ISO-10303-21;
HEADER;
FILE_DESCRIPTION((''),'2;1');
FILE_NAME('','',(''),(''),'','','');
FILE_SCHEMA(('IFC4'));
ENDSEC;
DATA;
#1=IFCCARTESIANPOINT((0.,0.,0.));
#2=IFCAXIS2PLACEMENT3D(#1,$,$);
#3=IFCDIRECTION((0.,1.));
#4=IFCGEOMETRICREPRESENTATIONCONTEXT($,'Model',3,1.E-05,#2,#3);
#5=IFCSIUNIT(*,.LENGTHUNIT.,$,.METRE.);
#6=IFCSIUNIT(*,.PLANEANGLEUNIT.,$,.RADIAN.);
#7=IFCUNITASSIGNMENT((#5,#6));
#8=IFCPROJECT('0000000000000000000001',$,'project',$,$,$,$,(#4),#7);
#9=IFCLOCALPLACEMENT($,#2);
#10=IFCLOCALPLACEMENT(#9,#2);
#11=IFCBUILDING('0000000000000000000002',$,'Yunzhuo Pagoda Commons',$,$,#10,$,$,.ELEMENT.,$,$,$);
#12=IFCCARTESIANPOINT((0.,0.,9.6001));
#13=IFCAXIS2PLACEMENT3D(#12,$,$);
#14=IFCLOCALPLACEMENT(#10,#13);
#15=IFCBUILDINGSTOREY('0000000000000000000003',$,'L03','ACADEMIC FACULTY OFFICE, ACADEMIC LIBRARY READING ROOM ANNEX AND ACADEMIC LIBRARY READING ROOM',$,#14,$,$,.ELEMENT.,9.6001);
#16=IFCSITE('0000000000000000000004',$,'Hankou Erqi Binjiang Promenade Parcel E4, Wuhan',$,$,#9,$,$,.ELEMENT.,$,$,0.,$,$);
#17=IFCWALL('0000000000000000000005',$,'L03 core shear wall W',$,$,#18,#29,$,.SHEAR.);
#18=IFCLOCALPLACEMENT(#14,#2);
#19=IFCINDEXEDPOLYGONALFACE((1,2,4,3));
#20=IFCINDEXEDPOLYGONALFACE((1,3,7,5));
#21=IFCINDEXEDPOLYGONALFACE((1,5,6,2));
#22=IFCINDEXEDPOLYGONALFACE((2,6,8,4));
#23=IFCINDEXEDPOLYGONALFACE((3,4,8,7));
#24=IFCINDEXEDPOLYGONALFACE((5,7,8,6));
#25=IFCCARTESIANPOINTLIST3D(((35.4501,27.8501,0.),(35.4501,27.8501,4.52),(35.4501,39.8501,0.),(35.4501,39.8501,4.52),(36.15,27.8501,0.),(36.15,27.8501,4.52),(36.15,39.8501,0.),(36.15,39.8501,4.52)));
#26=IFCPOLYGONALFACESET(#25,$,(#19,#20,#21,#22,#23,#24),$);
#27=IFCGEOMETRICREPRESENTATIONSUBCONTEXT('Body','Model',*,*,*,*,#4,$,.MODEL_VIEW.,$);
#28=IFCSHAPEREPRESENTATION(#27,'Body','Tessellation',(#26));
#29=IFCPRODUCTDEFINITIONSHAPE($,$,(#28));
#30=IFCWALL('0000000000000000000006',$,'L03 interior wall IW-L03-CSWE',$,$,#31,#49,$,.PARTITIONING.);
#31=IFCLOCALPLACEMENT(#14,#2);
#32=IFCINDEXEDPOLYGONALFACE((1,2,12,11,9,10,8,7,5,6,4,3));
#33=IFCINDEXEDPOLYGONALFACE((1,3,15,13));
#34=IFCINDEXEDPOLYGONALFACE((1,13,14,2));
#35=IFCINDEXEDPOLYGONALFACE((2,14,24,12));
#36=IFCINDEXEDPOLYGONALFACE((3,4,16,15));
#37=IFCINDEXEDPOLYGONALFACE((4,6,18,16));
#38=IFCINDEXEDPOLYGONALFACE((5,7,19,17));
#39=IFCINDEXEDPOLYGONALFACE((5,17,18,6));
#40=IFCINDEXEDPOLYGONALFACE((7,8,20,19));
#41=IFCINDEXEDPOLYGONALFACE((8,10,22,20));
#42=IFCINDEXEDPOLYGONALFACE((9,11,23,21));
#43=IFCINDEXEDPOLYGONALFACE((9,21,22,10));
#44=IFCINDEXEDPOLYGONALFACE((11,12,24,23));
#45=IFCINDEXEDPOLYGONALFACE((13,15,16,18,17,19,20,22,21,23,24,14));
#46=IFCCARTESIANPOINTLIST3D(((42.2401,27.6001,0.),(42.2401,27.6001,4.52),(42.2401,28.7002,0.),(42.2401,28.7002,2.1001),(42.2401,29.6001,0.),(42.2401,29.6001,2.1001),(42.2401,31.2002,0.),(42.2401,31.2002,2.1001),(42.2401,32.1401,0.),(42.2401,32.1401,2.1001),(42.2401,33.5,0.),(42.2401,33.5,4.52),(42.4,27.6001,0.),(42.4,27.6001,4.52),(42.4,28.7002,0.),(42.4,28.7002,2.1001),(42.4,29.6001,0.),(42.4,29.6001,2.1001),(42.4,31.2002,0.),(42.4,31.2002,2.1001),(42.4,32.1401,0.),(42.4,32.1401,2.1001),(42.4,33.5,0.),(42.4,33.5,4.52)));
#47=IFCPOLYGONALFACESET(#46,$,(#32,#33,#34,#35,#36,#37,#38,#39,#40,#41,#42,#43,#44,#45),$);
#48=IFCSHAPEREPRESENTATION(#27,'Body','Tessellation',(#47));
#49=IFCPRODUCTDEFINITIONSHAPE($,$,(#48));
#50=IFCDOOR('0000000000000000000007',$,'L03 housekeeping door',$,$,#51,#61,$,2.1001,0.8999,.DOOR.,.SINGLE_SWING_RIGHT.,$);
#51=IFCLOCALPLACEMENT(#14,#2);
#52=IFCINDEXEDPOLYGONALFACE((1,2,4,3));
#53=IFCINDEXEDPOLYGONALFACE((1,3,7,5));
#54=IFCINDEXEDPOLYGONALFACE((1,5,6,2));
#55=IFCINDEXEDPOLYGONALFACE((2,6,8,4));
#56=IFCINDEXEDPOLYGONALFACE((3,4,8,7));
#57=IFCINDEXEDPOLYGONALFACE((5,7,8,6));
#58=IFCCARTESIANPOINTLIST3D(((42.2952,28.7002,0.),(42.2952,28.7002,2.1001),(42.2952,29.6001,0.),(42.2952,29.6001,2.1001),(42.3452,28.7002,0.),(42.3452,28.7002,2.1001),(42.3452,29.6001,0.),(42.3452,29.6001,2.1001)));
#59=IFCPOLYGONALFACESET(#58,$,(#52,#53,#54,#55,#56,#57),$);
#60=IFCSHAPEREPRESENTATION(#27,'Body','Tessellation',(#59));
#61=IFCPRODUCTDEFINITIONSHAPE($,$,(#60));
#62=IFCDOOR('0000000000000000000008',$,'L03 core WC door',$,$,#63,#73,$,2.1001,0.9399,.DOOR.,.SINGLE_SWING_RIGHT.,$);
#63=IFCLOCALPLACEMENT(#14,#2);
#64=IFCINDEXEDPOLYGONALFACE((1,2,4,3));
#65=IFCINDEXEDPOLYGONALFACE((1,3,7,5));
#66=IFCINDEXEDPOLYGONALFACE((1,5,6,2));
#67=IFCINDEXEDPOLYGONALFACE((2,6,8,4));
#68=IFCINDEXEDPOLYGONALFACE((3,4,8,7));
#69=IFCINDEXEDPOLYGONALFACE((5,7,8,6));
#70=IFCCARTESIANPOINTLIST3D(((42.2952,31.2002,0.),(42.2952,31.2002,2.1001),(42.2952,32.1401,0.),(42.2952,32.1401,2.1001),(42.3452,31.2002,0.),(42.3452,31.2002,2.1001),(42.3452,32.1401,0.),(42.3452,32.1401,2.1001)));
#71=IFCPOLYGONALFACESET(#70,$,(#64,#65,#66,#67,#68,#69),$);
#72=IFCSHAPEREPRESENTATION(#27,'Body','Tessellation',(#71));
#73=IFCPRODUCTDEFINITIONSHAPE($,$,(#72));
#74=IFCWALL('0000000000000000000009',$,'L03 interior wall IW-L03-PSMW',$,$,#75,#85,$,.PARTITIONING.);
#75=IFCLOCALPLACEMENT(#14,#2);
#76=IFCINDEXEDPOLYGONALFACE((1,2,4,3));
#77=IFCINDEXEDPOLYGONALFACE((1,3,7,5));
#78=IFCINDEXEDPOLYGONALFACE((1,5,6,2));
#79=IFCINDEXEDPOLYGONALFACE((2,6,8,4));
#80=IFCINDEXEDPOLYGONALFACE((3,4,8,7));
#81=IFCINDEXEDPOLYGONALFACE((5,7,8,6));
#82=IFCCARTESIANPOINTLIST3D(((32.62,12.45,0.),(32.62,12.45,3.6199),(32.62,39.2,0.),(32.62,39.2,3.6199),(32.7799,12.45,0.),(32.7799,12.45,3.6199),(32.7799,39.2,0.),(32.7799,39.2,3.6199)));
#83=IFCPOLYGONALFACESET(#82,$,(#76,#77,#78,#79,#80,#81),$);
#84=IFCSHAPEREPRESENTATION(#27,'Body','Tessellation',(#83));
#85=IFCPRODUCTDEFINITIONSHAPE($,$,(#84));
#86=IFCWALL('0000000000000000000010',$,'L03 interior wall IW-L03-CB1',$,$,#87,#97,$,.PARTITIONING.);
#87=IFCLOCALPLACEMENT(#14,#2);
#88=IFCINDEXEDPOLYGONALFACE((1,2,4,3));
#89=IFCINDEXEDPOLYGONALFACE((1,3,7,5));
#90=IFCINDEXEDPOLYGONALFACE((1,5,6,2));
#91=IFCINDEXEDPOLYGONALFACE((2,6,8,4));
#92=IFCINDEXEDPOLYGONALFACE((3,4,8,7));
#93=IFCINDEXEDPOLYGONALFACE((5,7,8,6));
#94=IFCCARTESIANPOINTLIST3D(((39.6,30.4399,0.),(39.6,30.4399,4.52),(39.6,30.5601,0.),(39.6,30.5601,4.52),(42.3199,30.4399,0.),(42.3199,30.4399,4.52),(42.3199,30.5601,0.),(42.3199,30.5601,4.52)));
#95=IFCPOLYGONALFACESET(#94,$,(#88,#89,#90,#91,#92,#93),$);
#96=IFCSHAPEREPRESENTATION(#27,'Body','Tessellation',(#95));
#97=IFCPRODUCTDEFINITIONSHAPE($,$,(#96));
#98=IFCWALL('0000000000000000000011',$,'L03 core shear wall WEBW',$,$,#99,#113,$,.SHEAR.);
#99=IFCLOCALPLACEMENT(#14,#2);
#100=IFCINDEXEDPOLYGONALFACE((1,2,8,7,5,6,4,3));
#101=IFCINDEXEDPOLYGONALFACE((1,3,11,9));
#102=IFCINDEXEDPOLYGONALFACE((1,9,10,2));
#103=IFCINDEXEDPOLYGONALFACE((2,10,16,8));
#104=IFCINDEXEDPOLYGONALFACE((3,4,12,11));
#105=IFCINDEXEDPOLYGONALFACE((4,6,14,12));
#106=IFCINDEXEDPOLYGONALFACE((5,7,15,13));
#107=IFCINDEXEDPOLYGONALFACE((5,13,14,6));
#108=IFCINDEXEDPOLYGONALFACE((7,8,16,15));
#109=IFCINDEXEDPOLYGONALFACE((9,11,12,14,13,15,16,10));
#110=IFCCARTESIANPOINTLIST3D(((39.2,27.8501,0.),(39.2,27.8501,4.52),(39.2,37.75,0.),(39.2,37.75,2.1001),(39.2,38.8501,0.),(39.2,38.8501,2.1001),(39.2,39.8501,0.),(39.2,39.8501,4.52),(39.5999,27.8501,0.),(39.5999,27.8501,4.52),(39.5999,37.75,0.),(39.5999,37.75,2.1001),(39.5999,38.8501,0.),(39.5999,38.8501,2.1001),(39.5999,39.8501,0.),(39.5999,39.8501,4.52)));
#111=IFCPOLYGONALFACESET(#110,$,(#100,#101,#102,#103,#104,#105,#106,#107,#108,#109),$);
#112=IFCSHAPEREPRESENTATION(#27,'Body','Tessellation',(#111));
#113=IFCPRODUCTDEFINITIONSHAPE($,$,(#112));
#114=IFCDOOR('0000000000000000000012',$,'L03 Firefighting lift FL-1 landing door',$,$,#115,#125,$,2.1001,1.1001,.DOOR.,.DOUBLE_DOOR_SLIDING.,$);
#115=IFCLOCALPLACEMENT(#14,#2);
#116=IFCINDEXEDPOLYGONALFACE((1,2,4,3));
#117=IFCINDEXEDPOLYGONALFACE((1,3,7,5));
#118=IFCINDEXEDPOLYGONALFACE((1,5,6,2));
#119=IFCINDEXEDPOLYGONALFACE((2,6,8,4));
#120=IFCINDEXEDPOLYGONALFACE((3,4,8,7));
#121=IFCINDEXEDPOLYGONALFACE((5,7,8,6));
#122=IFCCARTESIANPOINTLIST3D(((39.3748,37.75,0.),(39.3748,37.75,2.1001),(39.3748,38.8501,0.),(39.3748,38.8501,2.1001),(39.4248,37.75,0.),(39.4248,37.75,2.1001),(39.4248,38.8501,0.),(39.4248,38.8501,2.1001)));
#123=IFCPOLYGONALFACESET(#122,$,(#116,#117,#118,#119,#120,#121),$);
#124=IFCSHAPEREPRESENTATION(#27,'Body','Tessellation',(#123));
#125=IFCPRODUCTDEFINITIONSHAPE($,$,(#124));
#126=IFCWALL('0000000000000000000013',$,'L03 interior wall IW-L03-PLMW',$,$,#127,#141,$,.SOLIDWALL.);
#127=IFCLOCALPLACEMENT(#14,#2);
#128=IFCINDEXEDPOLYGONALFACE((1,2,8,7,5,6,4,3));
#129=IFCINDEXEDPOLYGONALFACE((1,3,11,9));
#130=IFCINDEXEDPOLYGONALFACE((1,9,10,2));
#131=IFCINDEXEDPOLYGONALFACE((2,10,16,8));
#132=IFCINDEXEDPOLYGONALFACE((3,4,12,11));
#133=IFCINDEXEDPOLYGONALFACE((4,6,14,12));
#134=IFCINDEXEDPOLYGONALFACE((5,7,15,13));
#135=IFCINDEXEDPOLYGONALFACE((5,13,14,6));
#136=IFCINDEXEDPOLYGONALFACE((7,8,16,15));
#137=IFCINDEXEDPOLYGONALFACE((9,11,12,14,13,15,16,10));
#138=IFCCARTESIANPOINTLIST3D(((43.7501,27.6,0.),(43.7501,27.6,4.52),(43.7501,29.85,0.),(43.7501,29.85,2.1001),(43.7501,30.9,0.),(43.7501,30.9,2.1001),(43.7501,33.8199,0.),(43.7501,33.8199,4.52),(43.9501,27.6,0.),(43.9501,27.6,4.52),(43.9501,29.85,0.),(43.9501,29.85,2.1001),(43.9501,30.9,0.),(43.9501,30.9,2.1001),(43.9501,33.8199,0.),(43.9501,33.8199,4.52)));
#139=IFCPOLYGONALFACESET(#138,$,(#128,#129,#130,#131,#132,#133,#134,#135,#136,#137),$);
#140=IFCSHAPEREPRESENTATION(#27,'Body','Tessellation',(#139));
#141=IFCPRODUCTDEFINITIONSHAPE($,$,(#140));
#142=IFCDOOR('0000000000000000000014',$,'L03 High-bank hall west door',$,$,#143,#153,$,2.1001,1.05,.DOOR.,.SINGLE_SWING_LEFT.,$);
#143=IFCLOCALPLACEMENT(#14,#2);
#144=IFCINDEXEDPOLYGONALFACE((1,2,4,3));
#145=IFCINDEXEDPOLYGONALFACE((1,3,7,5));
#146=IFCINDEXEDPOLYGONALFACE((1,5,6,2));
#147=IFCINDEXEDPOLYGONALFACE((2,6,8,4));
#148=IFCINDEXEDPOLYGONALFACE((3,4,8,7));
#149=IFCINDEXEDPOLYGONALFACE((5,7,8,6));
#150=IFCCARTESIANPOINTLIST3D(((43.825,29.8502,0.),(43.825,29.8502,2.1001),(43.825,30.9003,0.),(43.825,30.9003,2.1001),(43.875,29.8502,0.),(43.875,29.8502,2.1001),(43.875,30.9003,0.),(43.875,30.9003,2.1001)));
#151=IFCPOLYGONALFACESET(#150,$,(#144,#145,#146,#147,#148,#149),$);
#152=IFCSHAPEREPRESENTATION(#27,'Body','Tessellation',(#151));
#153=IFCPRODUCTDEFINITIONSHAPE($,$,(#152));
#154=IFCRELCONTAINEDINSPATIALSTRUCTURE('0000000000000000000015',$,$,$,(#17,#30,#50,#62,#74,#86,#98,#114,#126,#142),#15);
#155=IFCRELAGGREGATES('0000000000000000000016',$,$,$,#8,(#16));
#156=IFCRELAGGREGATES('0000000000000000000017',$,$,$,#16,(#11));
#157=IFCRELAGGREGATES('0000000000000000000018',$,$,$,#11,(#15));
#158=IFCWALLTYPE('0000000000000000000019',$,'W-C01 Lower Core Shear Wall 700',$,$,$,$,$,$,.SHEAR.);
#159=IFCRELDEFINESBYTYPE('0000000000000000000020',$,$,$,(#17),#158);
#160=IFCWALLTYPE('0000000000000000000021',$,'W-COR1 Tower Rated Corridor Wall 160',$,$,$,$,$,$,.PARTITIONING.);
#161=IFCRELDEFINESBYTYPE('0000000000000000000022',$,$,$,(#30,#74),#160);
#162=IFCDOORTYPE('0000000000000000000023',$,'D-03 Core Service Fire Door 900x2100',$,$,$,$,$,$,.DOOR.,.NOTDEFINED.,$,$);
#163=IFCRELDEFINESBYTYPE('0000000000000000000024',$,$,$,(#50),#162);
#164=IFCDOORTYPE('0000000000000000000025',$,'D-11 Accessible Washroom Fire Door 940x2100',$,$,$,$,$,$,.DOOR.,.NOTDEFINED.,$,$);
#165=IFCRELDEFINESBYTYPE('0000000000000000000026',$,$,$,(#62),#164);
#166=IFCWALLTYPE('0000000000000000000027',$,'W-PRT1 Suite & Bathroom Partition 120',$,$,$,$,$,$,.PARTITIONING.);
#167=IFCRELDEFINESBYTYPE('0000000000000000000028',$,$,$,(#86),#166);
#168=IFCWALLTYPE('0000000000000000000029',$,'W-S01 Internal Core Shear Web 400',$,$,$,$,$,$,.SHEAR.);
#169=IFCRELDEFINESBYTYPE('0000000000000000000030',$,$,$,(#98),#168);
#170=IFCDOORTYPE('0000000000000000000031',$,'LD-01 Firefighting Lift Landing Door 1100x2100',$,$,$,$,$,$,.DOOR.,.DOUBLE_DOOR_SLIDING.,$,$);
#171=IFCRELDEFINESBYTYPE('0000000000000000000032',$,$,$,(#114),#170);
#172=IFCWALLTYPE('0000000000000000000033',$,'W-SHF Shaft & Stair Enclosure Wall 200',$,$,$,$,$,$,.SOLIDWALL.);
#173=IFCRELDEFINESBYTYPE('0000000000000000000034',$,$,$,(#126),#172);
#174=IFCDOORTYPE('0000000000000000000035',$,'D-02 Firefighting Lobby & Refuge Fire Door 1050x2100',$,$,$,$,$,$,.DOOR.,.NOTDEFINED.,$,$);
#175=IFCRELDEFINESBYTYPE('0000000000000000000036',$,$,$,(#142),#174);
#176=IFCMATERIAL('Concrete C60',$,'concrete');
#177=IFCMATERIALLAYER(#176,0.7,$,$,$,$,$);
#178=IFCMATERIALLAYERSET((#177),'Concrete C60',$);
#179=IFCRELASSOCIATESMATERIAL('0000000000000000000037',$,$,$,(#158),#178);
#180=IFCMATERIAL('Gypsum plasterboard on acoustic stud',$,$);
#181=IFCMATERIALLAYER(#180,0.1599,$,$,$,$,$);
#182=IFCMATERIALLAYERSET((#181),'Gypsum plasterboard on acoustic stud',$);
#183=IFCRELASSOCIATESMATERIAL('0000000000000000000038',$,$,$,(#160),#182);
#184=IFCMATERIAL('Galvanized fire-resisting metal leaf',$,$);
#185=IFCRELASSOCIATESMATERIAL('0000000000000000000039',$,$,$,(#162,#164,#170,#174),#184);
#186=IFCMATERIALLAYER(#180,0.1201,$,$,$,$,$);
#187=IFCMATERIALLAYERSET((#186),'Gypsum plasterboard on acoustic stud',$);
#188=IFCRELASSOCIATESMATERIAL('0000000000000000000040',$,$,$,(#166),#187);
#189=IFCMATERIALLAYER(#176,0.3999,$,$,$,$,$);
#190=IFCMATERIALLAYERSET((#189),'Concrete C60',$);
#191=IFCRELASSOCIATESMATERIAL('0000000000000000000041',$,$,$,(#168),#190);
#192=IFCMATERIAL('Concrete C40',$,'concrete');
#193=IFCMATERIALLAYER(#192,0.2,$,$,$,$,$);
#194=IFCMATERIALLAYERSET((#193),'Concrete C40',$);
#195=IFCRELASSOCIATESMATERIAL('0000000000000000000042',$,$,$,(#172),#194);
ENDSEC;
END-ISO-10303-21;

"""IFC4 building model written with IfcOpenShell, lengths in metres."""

from ifc_helpers import new_model, si_unit, direction, frame, frame_2d, origin, origin_with_axes, place, context, subcontext, project, spatial, rectangle, extrude, source, transform, mapped, material, layer, layer_set, type_object, element, fill, save


model = new_model("IFC4")

# Units and contexts
model_context = context("Model", 3, precision=1e-05, world=origin(), true_north=direction((0.0, 1.0)))
body_context = subcontext(model_context, "Body", "Model", "MODEL_VIEW")
ifc_project = project(units=[si_unit("LENGTHUNIT", "METRE"), si_unit("PLANEANGLEUNIT", "RADIAN")], contexts=[model_context])

# Site, building, storey
site_placement = place(None, origin())
site = spatial("IfcSite", under=ifc_project, at=site_placement, Name="Hankou Erqi Binjiang Promenade Parcel E4, Wuhan", CompositionType="ELEMENT", RefElevation=0.0)
building_placement = place(site_placement, origin())
building = spatial("IfcBuilding", under=site, at=building_placement, Name="Yunzhuo Pagoda Commons", CompositionType="ELEMENT")
storey_placement = place(building_placement, frame((0.0, 0.0, 9.6001)))
storey = spatial("IfcBuildingStorey", under=building, at=storey_placement, Name="L03", Description="ACADEMIC FACULTY OFFICE, ACADEMIC LIBRARY READING ROOM ANNEX AND ACADEMIC LIBRARY READING ROOM", CompositionType="ELEMENT", Elevation=9.6001)

# Wall
ifc_material_1 = material(Name="Concrete C60", Category="concrete")
ifc_layer_1 = layer(ifc_material_1, 0.7)
ifc_layer_set_1 = layer_set([ifc_layer_1], Name="Concrete C60")
wall_type_1 = type_object("IfcWallType", Name="W-C01 Lower Core Shear Wall 700", PredefinedType="SHEAR", material=ifc_layer_set_1)
wall_1_placement = place(storey_placement, frame((35.8, 27.8501, 0.0), z_axis=(0.0, 0.0, 1.0), x_axis=(0.0, 1.0, 0.0)))
element("IfcWall", 1, at=wall_1_placement, inside=storey, type_object=wall_type_1, Name="L03 core shear wall W", PredefinedType="SHEAR", context=body_context, shape_type="SweptSolid", body=[
    extrude(rectangle(XDim=12.0, YDim=0.7, at=frame_2d((6.0, 0.0))), origin(), (0.0, 0.0, 1.0), 4.52),
])

# Wall, openings, doors
ifc_material_2 = material(Name="Gypsum plasterboard on acoustic stud")
ifc_layer_2 = layer(ifc_material_2, 0.1599)
ifc_layer_set_2 = layer_set([ifc_layer_2], Name="Gypsum plasterboard on acoustic stud")
wall_type_2 = type_object("IfcWallType", Name="W-COR1 Tower Rated Corridor Wall 160", PredefinedType="PARTITIONING", material=ifc_layer_set_2)
wall_2_placement = place(storey_placement, frame((42.3201, 27.6001, 0.0), z_axis=(0.0, 0.0, 1.0), x_axis=(0.0, 1.0, 0.0)))
wall_2 = element("IfcWall", 2, at=wall_2_placement, inside=storey, type_object=wall_type_2, Name="L03 interior wall IW-L03-CSWE", PredefinedType="PARTITIONING", context=body_context, shape_type="SweptSolid", body=[
    extrude(rectangle(XDim=5.8999, YDim=0.1599, at=frame_2d((2.95, 0.0))), origin(), (0.0, 0.0, 1.0), 4.52),
])
opening_1_placement = place(wall_2_placement, frame((1.1001, 0.0, 0.0)))
opening_1 = element("IfcOpeningElement", 3, at=opening_1_placement, cuts=wall_2, PredefinedType="OPENING", context=body_context, shape_type="SweptSolid", body=[
    extrude(rectangle(XDim=0.8999, YDim=2.1001, at=frame_2d((0.45, 1.05))), frame((0.0, 0.0898, 0.0), z_axis=(0.0, -1.0, 0.0), x_axis=(1.0, 0.0, 0.0)), (0.0, 0.0, 1.0), 0.1799),
])
opening_2_placement = place(wall_2_placement, frame((3.6001, 0.0, 0.0)))
opening_2 = element("IfcOpeningElement", 4, at=opening_2_placement, cuts=wall_2, PredefinedType="OPENING", context=body_context, shape_type="SweptSolid", body=[
    extrude(rectangle(XDim=0.9399, YDim=2.1001, at=frame_2d((0.47, 1.05))), frame((0.0, 0.0898, 0.0), z_axis=(0.0, -1.0, 0.0), x_axis=(1.0, 0.0, 0.0)), (0.0, 0.0, 1.0), 0.1799),
])
ifc_material_3 = material(Name="Galvanized fire-resisting metal leaf")
door_type_1 = type_object("IfcDoorType", Name="D-03 Core Service Fire Door 900x2100", OperationType="NOTDEFINED", PredefinedType="DOOR", material=ifc_material_3)
shared_shape_1 = source(origin(), body_context, "Body", "SweptSolid", [
    extrude(rectangle(XDim=0.8999, YDim=2.1001, at=frame_2d((0.45, 1.05))), frame((0.0, 0.0249, 0.0), z_axis=(0.0, -1.0, 0.0), x_axis=(1.0, 0.0, 0.0)), (0.0, 0.0, 1.0), 0.05),
])
door_1_placement = place(opening_1_placement, origin_with_axes())
door_1 = element("IfcDoor", 5, at=door_1_placement, inside=storey, type_object=door_type_1, Name="L03 housekeeping door", OperationType="SINGLE_SWING_RIGHT", OverallHeight=2.1001, OverallWidth=0.8999, PredefinedType="DOOR", context=body_context, shape_type="MappedRepresentation", body=[
    mapped(shared_shape_1, transform((0.0, 0.0, 0.0), scale=1.0)),
])
fill(opening_1, door_1)
door_type_2 = type_object("IfcDoorType", Name="D-11 Accessible Washroom Fire Door 940x2100", OperationType="NOTDEFINED", PredefinedType="DOOR", material=ifc_material_3)
shared_shape_2 = source(origin(), body_context, "Body", "SweptSolid", [
    extrude(rectangle(XDim=0.9399, YDim=2.1001, at=frame_2d((0.47, 1.05))), frame((0.0, 0.0249, 0.0), z_axis=(0.0, -1.0, 0.0), x_axis=(1.0, 0.0, 0.0)), (0.0, 0.0, 1.0), 0.05),
])
door_2_placement = place(opening_2_placement, origin_with_axes())
door_2 = element("IfcDoor", 6, at=door_2_placement, inside=storey, type_object=door_type_2, Name="L03 core WC door", OperationType="SINGLE_SWING_RIGHT", OverallHeight=2.1001, OverallWidth=0.9399, PredefinedType="DOOR", context=body_context, shape_type="MappedRepresentation", body=[
    mapped(shared_shape_2, transform((0.0, 0.0, 0.0), scale=1.0)),
])
fill(opening_2, door_2)

# Walls
wall_3_placement = place(storey_placement, frame((32.7, 12.45, 0.0), z_axis=(0.0, 0.0, 1.0), x_axis=(0.0, 1.0, 0.0)))
element("IfcWall", 7, at=wall_3_placement, inside=storey, type_object=wall_type_2, Name="L03 interior wall IW-L03-PSMW", PredefinedType="PARTITIONING", context=body_context, shape_type="SweptSolid", body=[
    extrude(rectangle(XDim=26.75, YDim=0.1599, at=frame_2d((13.375, 0.0))), origin(), (0.0, 0.0, 1.0), 3.6199),
])
ifc_layer_3 = layer(ifc_material_2, 0.1201)
ifc_layer_set_3 = layer_set([ifc_layer_3], Name="Gypsum plasterboard on acoustic stud")
wall_type_3 = type_object("IfcWallType", Name="W-PRT1 Suite & Bathroom Partition 120", PredefinedType="PARTITIONING", material=ifc_layer_set_3)
wall_4_placement = place(storey_placement, frame((39.6001, 30.5, 0.0), z_axis=(0.0, 0.0, 1.0), x_axis=(1.0, 0.0, 0.0)))
element("IfcWall", 8, at=wall_4_placement, inside=storey, type_object=wall_type_3, Name="L03 interior wall IW-L03-CB1", PredefinedType="PARTITIONING", context=body_context, shape_type="SweptSolid", body=[
    extrude(rectangle(XDim=2.72, YDim=0.1201, at=frame_2d((1.3599, 0.0))), origin(), (0.0, 0.0, 1.0), 4.52),
])

# Walls, openings, doors
ifc_layer_4 = layer(ifc_material_1, 0.3999)
ifc_layer_set_4 = layer_set([ifc_layer_4], Name="Concrete C60")
wall_type_4 = type_object("IfcWallType", Name="W-S01 Internal Core Shear Web 400", PredefinedType="SHEAR", material=ifc_layer_set_4)
wall_5_placement = place(storey_placement, frame((39.3999, 27.8501, 0.0), z_axis=(0.0, 0.0, 1.0), x_axis=(0.0, 1.0, 0.0)))
wall_5 = element("IfcWall", 9, at=wall_5_placement, inside=storey, type_object=wall_type_4, Name="L03 core shear wall WEBW", PredefinedType="SHEAR", context=body_context, shape_type="SweptSolid", body=[
    extrude(rectangle(XDim=12.0, YDim=0.3999, at=frame_2d((6.0, 0.0))), origin(), (0.0, 0.0, 1.0), 4.52),
])
opening_3_placement = place(wall_5_placement, frame((9.8999, 0.0, 0.0)))
opening_3 = element("IfcOpeningElement", 10, at=opening_3_placement, cuts=wall_5, PredefinedType="OPENING", context=body_context, shape_type="SweptSolid", body=[
    extrude(rectangle(XDim=1.1001, YDim=2.1001, at=frame_2d((0.55, 1.05))), frame((0.0, 0.21, 0.0), z_axis=(0.0, -1.0, 0.0), x_axis=(1.0, 0.0, 0.0)), (0.0, 0.0, 1.0), 0.4199),
])
door_type_3 = type_object("IfcDoorType", Name="LD-01 Firefighting Lift Landing Door 1100x2100", OperationType="DOUBLE_DOOR_SLIDING", PredefinedType="DOOR", material=ifc_material_3)
shared_shape_3 = source(origin(), body_context, "Body", "SweptSolid", [
    extrude(rectangle(XDim=1.1001, YDim=2.1001, at=frame_2d((0.55, 1.05))), frame((0.0, 0.0249, 0.0), z_axis=(0.0, -1.0, 0.0), x_axis=(1.0, 0.0, 0.0)), (0.0, 0.0, 1.0), 0.05),
])
door_3_placement = place(opening_3_placement, frame((1.1001, 0.0, 0.0), z_axis=(0.0, 0.0, 1.0), x_axis=(-1.0, 0.0, 0.0)))
door_3 = element("IfcDoor", 11, at=door_3_placement, inside=storey, type_object=door_type_3, Name="L03 Firefighting lift FL-1 landing door", OperationType="DOUBLE_DOOR_SLIDING", OverallHeight=2.1001, OverallWidth=1.1001, PredefinedType="DOOR", context=body_context, shape_type="MappedRepresentation", body=[
    mapped(shared_shape_3, transform((0.0, 0.0, 0.0), scale=1.0)),
])
fill(opening_3, door_3)
ifc_material_4 = material(Name="Concrete C40", Category="concrete")
ifc_layer_5 = layer(ifc_material_4, 0.2)
ifc_layer_set_5 = layer_set([ifc_layer_5], Name="Concrete C40")
wall_type_5 = type_object("IfcWallType", Name="W-SHF Shaft & Stair Enclosure Wall 200", PredefinedType="SOLIDWALL", material=ifc_layer_set_5)
wall_6_placement = place(storey_placement, frame((43.8501, 27.6001, 0.0), z_axis=(0.0, 0.0, 1.0), x_axis=(0.0, 1.0, 0.0)))
wall_6 = element("IfcWall", 12, at=wall_6_placement, inside=storey, type_object=wall_type_5, Name="L03 interior wall IW-L03-PLMW", PredefinedType="SOLIDWALL", context=body_context, shape_type="SweptSolid", body=[
    extrude(rectangle(XDim=6.22, YDim=0.2, at=frame_2d((3.1099, 0.0))), origin(), (0.0, 0.0, 1.0), 4.52),
])
opening_4_placement = place(wall_6_placement, frame((2.25, 0.0, 0.0)))
opening_4 = element("IfcOpeningElement", 13, at=opening_4_placement, cuts=wall_6, PredefinedType="OPENING", context=body_context, shape_type="SweptSolid", body=[
    extrude(rectangle(XDim=1.05, YDim=2.1001, at=frame_2d((0.5249, 1.05))), frame((0.0, 0.1099, 0.0), z_axis=(0.0, -1.0, 0.0), x_axis=(1.0, 0.0, 0.0)), (0.0, 0.0, 1.0), 0.22),
])
door_type_4 = type_object("IfcDoorType", Name="D-02 Firefighting Lobby & Refuge Fire Door 1050x2100", OperationType="NOTDEFINED", PredefinedType="DOOR", material=ifc_material_3)
shared_shape_4 = source(origin(), body_context, "Body", "SweptSolid", [
    extrude(rectangle(XDim=1.05, YDim=2.1001, at=frame_2d((0.5249, 1.05))), frame((0.0, 0.0249, 0.0), z_axis=(0.0, -1.0, 0.0), x_axis=(1.0, 0.0, 0.0)), (0.0, 0.0, 1.0), 0.05),
])
door_4_placement = place(opening_4_placement, frame((1.05, 0.0, 0.0), z_axis=(0.0, 0.0, 1.0), x_axis=(-1.0, 0.0, 0.0)))
door_4 = element("IfcDoor", 14, at=door_4_placement, inside=storey, type_object=door_type_4, Name="L03 High-bank hall west door", OperationType="SINGLE_SWING_LEFT", OverallHeight=2.1001, OverallWidth=1.05, PredefinedType="DOOR", context=body_context, shape_type="MappedRepresentation", body=[
    mapped(shared_shape_4, transform((0.0, 0.0, 0.0), scale=1.0)),
])
fill(opening_4, door_4)

save(model, "model.ifc")
